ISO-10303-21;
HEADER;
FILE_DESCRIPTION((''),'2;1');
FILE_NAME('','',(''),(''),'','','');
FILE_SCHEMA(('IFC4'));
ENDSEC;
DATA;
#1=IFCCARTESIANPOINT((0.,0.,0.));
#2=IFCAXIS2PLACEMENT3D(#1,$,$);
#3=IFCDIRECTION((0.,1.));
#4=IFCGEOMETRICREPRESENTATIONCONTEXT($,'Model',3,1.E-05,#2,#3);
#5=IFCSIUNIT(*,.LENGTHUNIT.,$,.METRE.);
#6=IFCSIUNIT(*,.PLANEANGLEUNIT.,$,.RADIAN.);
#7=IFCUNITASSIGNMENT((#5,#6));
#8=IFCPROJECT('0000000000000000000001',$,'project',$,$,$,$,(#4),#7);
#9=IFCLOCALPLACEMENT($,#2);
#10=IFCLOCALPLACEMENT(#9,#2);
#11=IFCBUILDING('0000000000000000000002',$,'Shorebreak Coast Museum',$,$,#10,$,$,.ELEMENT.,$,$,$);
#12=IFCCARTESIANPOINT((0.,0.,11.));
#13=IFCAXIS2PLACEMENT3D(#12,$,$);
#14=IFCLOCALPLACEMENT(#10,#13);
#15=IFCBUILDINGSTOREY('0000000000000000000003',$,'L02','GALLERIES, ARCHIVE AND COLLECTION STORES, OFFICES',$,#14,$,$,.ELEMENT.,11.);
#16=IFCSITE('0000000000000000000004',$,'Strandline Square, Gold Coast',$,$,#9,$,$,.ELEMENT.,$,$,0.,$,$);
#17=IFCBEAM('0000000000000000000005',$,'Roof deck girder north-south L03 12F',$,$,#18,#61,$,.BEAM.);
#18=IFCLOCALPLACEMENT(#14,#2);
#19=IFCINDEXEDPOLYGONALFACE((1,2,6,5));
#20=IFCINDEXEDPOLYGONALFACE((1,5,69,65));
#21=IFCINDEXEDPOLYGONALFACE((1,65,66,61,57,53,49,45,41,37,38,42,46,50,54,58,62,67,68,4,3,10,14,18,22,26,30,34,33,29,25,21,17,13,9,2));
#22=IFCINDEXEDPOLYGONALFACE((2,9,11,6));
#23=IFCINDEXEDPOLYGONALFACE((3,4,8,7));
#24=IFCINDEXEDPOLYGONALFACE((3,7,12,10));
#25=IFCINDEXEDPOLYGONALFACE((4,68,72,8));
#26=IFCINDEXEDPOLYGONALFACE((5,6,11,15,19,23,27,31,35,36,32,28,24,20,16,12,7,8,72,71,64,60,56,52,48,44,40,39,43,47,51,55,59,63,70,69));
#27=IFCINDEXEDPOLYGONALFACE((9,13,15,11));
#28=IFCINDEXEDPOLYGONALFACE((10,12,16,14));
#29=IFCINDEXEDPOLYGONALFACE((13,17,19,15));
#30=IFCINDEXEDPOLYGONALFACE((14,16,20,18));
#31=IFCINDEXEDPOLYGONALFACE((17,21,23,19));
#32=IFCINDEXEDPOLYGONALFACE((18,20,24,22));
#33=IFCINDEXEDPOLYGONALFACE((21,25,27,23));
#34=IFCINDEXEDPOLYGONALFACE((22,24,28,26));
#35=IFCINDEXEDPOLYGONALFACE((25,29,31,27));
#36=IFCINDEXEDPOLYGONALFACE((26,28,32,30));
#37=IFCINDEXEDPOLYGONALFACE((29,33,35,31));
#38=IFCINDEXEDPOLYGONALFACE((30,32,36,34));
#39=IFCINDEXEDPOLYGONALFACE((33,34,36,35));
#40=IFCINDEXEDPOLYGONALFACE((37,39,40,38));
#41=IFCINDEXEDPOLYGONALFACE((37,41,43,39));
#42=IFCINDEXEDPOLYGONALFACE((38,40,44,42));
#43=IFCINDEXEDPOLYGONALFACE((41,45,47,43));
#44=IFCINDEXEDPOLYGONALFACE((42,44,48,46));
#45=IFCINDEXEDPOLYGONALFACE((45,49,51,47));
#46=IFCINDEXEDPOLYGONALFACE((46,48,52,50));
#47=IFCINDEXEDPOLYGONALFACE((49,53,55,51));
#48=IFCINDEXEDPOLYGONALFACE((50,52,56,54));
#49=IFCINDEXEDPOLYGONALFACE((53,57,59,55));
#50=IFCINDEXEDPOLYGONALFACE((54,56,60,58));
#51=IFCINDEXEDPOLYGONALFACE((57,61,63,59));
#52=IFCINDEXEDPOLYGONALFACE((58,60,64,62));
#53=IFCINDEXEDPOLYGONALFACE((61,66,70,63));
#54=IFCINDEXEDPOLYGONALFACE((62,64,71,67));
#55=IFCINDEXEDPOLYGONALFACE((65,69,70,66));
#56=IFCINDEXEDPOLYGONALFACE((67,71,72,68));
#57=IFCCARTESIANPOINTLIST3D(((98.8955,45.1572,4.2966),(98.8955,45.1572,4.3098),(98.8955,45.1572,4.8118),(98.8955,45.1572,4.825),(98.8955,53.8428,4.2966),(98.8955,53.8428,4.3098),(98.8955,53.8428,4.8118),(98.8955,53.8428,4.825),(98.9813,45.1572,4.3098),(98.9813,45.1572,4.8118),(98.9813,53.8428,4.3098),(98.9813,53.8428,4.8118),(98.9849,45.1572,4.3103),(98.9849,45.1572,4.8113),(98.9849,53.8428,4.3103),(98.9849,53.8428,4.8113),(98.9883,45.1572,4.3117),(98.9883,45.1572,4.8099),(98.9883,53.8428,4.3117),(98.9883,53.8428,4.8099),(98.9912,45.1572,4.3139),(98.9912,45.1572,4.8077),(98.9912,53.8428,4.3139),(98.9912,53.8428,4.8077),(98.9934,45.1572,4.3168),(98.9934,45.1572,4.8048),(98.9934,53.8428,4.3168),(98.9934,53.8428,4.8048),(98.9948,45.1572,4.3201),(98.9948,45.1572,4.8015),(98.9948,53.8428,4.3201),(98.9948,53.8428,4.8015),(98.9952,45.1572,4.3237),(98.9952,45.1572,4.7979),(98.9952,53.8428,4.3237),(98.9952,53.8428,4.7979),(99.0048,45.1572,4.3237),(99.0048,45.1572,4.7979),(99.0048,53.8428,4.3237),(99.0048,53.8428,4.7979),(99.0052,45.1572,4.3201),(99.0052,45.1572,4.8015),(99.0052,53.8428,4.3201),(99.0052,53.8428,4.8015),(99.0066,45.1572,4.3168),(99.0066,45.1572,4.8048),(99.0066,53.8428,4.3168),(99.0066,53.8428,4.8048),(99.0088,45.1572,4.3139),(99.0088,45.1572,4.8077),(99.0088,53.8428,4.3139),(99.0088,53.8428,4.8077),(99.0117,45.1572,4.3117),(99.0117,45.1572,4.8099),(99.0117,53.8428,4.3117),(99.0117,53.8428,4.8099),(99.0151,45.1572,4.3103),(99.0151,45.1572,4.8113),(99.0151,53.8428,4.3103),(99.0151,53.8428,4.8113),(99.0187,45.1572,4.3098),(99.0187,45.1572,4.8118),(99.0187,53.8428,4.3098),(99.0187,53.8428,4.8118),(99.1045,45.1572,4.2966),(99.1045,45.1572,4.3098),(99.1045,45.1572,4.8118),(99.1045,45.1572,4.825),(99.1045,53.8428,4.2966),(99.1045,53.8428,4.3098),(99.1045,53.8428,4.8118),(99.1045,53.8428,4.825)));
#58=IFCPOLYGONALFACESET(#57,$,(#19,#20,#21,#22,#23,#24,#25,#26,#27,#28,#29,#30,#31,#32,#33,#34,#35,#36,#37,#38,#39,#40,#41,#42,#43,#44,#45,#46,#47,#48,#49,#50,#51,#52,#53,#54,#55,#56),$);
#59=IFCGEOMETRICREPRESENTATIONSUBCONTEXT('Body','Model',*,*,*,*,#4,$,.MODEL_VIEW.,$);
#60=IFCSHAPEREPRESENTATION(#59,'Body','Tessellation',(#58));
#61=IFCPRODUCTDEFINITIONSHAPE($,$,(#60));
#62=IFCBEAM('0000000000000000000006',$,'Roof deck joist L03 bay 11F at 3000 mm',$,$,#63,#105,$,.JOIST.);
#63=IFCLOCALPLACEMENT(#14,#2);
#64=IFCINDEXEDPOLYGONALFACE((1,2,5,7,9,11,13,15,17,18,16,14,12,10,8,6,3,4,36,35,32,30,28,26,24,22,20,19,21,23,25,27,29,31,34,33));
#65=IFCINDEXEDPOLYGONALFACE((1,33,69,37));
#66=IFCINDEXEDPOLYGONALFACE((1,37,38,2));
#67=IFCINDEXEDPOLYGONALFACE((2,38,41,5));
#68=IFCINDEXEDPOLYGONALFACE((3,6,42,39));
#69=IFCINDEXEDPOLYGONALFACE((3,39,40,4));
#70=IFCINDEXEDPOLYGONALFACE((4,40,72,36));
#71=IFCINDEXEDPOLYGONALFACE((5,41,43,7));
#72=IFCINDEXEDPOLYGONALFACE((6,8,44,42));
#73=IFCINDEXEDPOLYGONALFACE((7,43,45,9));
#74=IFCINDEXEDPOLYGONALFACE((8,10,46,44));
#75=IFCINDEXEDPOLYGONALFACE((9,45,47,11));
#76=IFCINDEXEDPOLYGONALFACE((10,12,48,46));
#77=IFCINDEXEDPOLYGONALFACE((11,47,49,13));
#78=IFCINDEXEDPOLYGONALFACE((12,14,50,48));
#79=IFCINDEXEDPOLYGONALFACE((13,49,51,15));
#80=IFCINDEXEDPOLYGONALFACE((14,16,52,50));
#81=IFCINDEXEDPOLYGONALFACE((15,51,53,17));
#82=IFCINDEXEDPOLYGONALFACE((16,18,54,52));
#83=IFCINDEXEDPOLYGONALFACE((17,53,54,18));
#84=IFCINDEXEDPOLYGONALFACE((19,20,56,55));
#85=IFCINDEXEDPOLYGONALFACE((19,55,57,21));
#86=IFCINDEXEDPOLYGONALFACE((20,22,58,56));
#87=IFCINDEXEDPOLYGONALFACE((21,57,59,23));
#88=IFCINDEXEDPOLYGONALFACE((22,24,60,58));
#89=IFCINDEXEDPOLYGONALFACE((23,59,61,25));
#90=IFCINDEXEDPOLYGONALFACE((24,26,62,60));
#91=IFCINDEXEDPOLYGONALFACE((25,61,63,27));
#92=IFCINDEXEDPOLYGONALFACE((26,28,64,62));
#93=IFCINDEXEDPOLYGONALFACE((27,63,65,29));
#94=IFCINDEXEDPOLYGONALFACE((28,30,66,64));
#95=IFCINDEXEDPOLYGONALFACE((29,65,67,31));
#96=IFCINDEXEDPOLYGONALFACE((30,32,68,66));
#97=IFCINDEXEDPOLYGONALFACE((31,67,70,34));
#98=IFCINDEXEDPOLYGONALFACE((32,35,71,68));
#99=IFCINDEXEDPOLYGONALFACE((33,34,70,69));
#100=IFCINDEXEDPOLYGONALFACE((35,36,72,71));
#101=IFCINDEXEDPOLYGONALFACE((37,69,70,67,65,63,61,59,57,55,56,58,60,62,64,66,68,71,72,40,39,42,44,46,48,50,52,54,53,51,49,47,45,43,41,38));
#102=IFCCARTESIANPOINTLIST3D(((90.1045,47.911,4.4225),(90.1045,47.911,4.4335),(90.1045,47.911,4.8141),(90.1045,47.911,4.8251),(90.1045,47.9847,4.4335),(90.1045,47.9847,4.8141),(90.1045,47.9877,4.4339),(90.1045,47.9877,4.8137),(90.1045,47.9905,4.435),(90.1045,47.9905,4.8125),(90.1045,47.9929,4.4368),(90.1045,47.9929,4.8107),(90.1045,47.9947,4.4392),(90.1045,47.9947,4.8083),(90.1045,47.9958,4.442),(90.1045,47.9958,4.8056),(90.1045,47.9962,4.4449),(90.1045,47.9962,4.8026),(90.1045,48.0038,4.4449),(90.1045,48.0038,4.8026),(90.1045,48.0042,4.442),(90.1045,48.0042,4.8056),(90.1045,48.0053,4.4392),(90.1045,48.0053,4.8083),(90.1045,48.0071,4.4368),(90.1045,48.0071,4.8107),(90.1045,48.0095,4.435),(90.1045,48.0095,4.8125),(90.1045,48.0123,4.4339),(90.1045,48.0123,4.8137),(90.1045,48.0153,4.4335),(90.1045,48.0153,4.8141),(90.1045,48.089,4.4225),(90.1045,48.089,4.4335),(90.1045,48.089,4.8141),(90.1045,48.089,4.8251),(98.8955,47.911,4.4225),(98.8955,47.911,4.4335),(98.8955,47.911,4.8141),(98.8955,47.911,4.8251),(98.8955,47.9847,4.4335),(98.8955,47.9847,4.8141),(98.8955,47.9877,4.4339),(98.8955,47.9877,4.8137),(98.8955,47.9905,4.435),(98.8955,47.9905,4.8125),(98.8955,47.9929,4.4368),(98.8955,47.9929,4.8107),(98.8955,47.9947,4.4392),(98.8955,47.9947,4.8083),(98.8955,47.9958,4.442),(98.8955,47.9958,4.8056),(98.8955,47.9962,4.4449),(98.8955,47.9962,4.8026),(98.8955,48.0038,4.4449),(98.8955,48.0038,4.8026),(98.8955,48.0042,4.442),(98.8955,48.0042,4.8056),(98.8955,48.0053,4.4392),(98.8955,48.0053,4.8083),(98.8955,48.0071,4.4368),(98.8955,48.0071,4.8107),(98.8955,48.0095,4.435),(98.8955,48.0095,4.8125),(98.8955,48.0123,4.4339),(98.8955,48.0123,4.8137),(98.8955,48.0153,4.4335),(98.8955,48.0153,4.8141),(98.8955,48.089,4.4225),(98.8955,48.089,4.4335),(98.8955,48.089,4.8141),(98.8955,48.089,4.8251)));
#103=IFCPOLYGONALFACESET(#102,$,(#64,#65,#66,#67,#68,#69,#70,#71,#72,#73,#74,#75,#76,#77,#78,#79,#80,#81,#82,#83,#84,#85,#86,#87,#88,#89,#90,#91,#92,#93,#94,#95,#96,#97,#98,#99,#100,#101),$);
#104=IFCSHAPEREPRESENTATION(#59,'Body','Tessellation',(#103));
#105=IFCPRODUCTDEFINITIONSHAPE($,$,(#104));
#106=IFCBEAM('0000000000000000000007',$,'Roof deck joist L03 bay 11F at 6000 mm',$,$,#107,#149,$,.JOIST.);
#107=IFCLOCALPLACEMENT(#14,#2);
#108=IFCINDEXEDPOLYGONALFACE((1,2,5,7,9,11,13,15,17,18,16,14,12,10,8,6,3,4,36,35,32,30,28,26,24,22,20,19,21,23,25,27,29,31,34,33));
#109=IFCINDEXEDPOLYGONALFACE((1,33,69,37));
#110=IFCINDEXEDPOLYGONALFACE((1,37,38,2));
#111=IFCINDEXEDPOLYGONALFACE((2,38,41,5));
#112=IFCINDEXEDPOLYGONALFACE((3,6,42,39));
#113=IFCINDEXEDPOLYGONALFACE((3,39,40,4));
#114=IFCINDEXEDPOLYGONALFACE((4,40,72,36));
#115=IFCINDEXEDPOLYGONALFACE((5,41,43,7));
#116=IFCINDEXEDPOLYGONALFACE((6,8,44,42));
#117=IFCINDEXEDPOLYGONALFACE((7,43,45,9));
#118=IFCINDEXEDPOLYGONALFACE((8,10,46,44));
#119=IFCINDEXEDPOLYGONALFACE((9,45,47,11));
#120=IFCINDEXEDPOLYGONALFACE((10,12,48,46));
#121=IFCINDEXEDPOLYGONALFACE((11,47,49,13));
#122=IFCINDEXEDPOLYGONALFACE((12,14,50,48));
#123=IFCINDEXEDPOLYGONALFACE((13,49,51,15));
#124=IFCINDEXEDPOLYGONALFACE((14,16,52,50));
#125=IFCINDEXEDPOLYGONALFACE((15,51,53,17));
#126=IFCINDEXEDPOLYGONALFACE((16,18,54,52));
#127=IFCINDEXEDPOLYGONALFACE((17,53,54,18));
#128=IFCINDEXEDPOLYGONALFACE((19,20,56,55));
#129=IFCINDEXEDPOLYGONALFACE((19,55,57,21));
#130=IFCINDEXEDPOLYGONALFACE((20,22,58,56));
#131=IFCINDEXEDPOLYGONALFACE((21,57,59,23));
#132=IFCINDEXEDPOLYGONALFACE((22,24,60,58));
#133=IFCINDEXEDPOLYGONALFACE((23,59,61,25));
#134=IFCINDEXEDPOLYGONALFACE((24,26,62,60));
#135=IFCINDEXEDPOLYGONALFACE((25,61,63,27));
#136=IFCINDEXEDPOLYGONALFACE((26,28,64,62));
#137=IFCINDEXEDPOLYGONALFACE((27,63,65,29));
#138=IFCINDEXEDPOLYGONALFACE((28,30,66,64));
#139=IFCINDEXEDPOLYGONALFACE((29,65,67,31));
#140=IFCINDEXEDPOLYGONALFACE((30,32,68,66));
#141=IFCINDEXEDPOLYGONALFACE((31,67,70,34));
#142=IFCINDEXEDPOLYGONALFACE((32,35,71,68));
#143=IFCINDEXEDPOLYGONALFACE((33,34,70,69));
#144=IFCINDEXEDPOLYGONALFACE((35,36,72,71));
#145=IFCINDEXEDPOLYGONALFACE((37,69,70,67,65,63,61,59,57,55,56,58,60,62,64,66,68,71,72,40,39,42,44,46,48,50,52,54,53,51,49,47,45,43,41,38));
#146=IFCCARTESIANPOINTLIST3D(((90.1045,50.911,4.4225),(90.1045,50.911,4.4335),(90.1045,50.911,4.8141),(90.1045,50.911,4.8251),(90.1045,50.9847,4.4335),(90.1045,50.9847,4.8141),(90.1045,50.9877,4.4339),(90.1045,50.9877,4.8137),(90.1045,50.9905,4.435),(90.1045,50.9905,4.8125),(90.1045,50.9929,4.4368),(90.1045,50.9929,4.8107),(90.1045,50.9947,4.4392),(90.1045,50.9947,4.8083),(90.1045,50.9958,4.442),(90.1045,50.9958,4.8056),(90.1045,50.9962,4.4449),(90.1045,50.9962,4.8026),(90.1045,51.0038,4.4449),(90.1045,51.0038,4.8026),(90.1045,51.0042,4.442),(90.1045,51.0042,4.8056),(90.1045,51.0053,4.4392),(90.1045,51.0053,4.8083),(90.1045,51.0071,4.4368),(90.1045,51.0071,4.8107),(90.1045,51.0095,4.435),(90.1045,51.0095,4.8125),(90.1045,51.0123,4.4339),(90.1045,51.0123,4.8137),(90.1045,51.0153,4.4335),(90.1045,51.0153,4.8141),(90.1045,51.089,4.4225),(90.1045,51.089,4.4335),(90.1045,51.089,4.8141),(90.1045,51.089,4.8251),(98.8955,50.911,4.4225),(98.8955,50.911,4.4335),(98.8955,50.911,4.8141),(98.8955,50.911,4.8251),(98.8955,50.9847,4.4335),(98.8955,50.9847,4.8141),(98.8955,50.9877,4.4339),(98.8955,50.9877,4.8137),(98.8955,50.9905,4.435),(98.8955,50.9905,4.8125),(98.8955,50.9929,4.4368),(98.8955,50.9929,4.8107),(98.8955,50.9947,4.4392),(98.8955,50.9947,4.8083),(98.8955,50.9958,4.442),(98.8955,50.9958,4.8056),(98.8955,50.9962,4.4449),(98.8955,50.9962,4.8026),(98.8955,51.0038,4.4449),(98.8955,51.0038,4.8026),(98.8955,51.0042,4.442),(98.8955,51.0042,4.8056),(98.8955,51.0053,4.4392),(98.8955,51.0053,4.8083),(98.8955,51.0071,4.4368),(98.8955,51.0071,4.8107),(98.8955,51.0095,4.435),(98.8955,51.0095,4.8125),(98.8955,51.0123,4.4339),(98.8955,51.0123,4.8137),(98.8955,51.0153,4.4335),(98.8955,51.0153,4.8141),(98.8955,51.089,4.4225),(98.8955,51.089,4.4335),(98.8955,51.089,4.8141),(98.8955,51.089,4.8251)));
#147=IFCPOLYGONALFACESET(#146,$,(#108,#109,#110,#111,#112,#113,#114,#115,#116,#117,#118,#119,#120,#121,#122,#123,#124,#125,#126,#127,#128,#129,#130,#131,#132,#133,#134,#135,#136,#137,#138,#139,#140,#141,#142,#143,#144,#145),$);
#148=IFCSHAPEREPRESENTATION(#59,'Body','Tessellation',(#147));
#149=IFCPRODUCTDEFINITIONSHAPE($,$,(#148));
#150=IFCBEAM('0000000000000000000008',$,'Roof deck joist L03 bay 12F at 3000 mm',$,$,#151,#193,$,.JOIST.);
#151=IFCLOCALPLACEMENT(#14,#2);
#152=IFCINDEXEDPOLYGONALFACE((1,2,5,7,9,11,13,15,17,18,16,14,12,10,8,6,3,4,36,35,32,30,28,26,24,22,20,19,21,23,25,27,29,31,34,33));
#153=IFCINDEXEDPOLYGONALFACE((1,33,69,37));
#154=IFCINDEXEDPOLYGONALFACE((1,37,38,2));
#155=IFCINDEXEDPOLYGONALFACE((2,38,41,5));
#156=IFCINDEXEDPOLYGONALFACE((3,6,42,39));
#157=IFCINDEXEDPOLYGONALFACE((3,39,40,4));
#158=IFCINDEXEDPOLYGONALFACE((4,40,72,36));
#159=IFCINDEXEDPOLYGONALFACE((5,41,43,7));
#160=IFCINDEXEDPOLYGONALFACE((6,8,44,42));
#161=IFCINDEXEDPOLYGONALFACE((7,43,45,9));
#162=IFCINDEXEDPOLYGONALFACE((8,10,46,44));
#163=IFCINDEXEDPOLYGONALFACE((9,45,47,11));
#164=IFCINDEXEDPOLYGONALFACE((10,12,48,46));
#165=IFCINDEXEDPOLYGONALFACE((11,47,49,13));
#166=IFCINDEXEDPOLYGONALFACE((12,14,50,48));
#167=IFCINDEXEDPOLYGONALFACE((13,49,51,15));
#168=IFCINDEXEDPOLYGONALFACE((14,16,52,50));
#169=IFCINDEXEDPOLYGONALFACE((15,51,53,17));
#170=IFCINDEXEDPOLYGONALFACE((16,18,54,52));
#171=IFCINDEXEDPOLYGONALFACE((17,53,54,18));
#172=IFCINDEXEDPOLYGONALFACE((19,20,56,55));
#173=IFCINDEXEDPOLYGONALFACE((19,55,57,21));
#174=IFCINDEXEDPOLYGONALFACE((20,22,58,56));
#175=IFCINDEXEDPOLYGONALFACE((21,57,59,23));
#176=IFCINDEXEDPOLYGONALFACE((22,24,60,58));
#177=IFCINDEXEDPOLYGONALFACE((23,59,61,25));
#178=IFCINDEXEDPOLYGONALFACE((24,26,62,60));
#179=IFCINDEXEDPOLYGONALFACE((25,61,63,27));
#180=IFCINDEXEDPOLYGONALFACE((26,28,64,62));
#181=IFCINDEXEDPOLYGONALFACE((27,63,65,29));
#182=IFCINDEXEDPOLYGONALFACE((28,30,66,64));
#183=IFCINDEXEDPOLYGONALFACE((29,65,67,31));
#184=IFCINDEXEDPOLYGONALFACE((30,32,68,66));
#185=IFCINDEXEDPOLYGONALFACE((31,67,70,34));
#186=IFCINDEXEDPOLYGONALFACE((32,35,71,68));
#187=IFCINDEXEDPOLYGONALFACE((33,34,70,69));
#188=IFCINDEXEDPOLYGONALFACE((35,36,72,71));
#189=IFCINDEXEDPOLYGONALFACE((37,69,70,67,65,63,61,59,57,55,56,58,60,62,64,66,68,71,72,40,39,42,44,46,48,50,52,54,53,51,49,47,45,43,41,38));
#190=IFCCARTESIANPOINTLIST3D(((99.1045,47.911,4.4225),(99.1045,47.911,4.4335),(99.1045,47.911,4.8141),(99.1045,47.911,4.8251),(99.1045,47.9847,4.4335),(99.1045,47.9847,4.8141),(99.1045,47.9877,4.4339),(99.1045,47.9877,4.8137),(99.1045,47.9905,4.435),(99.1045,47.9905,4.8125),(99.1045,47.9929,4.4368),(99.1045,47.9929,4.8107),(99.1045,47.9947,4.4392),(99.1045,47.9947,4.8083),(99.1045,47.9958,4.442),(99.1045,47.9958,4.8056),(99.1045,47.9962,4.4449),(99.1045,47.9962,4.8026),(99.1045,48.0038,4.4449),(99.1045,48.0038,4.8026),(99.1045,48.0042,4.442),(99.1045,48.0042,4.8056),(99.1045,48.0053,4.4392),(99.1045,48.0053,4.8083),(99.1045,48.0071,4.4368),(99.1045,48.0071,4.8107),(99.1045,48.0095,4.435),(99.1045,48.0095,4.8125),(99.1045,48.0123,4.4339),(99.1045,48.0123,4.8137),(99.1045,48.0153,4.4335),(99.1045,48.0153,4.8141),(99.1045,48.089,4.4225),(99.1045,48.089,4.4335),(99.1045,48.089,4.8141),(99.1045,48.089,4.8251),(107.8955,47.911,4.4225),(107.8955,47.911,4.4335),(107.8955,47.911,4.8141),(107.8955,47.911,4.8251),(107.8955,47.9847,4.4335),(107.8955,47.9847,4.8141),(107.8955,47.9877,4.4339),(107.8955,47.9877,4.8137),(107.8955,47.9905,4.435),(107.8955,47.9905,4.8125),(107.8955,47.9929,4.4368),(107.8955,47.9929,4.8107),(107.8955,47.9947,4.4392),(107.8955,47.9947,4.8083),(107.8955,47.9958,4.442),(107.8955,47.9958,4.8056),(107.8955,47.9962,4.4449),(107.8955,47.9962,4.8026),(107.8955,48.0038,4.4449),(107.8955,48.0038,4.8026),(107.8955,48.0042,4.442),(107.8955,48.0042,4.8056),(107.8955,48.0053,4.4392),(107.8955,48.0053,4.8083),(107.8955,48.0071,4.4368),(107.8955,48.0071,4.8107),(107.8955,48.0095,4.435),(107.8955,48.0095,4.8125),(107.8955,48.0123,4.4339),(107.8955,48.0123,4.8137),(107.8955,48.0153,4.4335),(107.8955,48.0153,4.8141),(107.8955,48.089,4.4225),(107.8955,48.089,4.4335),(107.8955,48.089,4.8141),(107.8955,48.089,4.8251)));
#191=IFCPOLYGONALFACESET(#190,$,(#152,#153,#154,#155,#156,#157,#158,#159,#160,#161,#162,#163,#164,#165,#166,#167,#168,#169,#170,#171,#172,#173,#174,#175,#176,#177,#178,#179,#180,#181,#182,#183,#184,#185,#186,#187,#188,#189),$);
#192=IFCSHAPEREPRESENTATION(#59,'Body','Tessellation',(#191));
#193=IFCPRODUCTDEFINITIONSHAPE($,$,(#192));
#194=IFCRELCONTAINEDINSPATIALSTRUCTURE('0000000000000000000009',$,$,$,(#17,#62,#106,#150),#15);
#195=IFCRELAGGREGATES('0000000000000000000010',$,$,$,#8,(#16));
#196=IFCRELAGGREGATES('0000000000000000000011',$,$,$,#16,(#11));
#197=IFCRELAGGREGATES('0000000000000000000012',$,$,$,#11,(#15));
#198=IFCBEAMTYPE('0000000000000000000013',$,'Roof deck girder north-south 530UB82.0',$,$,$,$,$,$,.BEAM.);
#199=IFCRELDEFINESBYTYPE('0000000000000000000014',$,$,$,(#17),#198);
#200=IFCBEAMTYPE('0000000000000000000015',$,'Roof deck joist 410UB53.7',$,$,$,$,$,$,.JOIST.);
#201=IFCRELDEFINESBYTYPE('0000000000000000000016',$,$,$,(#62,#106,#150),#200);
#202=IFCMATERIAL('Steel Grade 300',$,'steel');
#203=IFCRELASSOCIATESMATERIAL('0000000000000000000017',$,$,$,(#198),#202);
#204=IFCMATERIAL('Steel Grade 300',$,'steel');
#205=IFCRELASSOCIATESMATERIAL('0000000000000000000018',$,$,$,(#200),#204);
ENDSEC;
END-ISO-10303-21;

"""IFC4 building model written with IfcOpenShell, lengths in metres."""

from ifc_helpers import new_model, si_unit, direction, frame, origin, origin_2d, place, context, subcontext, project, spatial, i_section, extrude, material, material_profile, profile_set, type_object, element, save


model = new_model("IFC4")

# Units and contexts
model_context = context("Model", 3, precision=1e-05, world=origin(), true_north=direction((0.0, 1.0)))
body_context = subcontext(model_context, "Body", "Model", "MODEL_VIEW")
ifc_project = project(units=[si_unit("LENGTHUNIT", "METRE"), si_unit("PLANEANGLEUNIT", "RADIAN")], contexts=[model_context])

# Site, building, storey
site_placement = place(None, origin())
site = spatial("IfcSite", under=ifc_project, at=site_placement, Name="Strandline Square, Gold Coast", CompositionType="ELEMENT", RefElevation=0.0)
building_placement = place(site_placement, origin())
building = spatial("IfcBuilding", under=site, at=building_placement, Name="Shorebreak Coast Museum", CompositionType="ELEMENT")
storey_placement = place(building_placement, frame((0.0, 0.0, 11.0)))
storey = spatial("IfcBuildingStorey", under=building, at=storey_placement, Name="L02", Description="GALLERIES, ARCHIVE AND COLLECTION STORES, OFFICES", CompositionType="ELEMENT", Elevation=11.0)

# Beams
ifc_material_1 = material(Name="Steel Grade 300", Category="steel")
ifc_material_profile_1 = material_profile(ifc_material_1, i_section(OverallWidth=0.209, OverallDepth=0.5283, WebThickness=0.0095, FlangeThickness=0.0132, FilletRadius=0.0139, at=origin_2d()), Name="530UB82.0")
ifc_profile_set_1 = profile_set([ifc_material_profile_1], Name="Steel Grade 300")
beam_type_1 = type_object("IfcBeamType", Name="Roof deck girder north-south 530UB82.0", PredefinedType="BEAM", material=ifc_profile_set_1)
beam_placement = place(storey_placement, frame((99.0, 45.1572, 4.5608), z_axis=(0.0, 1.0, 0.0), x_axis=(-1.0, 0.0, 0.0)))
element("IfcBeam", 1, at=beam_placement, inside=storey, type_object=beam_type_1, Name="Roof deck girder north-south L03 12F", PredefinedType="BEAM", context=body_context, shape_type="SweptSolid", body=[
    extrude(i_section(OverallWidth=0.209, OverallDepth=0.5283, WebThickness=0.0095, FlangeThickness=0.0132, FilletRadius=0.0139, at=origin_2d()), origin(), (0.0, 0.0, 1.0), 8.6855),
])
ifc_material_2 = material(Name="Steel Grade 300", Category="steel")
ifc_material_profile_2 = material_profile(ifc_material_2, i_section(OverallWidth=0.178, OverallDepth=0.4026, WebThickness=0.0076, FlangeThickness=0.011, FilletRadius=0.0115, at=origin_2d()), Name="410UB53.7")
ifc_profile_set_2 = profile_set([ifc_material_profile_2], Name="Steel Grade 300")
beam_type_2 = type_object("IfcBeamType", Name="Roof deck joist 410UB53.7", PredefinedType="JOIST", material=ifc_profile_set_2)
for number, where, z_axis, x_axis, name in (
    (2, (90.1045, 48.0, 4.6238), (1.0, 0.0, 0.0), (0.0, 1.0, 0.0), "Roof deck joist L03 bay 11F at 3000 mm"),
    (3, (90.1045, 51.0, 4.6238), (1.0, 0.0, 0.0), (0.0, 1.0, 0.0), "Roof deck joist L03 bay 11F at 6000 mm"),
    (4, (99.1045, 48.0, 4.6238), (1.0, 0.0, 0.0), (0.0, 1.0, 0.0), "Roof deck joist L03 bay 12F at 3000 mm"),
):
    element("IfcBeam", number, at=place(storey_placement, frame(where, z_axis=z_axis, x_axis=x_axis)), inside=storey, type_object=beam_type_2, Name=name, PredefinedType="JOIST", context=body_context, shape_type="SweptSolid", body=[
        extrude(i_section(OverallWidth=0.178, OverallDepth=0.4026, WebThickness=0.0076, FlangeThickness=0.011, FilletRadius=0.0115, at=origin_2d()), origin(), (0.0, 0.0, 1.0), 8.791),
    ])

save(model, "model.ifc")
